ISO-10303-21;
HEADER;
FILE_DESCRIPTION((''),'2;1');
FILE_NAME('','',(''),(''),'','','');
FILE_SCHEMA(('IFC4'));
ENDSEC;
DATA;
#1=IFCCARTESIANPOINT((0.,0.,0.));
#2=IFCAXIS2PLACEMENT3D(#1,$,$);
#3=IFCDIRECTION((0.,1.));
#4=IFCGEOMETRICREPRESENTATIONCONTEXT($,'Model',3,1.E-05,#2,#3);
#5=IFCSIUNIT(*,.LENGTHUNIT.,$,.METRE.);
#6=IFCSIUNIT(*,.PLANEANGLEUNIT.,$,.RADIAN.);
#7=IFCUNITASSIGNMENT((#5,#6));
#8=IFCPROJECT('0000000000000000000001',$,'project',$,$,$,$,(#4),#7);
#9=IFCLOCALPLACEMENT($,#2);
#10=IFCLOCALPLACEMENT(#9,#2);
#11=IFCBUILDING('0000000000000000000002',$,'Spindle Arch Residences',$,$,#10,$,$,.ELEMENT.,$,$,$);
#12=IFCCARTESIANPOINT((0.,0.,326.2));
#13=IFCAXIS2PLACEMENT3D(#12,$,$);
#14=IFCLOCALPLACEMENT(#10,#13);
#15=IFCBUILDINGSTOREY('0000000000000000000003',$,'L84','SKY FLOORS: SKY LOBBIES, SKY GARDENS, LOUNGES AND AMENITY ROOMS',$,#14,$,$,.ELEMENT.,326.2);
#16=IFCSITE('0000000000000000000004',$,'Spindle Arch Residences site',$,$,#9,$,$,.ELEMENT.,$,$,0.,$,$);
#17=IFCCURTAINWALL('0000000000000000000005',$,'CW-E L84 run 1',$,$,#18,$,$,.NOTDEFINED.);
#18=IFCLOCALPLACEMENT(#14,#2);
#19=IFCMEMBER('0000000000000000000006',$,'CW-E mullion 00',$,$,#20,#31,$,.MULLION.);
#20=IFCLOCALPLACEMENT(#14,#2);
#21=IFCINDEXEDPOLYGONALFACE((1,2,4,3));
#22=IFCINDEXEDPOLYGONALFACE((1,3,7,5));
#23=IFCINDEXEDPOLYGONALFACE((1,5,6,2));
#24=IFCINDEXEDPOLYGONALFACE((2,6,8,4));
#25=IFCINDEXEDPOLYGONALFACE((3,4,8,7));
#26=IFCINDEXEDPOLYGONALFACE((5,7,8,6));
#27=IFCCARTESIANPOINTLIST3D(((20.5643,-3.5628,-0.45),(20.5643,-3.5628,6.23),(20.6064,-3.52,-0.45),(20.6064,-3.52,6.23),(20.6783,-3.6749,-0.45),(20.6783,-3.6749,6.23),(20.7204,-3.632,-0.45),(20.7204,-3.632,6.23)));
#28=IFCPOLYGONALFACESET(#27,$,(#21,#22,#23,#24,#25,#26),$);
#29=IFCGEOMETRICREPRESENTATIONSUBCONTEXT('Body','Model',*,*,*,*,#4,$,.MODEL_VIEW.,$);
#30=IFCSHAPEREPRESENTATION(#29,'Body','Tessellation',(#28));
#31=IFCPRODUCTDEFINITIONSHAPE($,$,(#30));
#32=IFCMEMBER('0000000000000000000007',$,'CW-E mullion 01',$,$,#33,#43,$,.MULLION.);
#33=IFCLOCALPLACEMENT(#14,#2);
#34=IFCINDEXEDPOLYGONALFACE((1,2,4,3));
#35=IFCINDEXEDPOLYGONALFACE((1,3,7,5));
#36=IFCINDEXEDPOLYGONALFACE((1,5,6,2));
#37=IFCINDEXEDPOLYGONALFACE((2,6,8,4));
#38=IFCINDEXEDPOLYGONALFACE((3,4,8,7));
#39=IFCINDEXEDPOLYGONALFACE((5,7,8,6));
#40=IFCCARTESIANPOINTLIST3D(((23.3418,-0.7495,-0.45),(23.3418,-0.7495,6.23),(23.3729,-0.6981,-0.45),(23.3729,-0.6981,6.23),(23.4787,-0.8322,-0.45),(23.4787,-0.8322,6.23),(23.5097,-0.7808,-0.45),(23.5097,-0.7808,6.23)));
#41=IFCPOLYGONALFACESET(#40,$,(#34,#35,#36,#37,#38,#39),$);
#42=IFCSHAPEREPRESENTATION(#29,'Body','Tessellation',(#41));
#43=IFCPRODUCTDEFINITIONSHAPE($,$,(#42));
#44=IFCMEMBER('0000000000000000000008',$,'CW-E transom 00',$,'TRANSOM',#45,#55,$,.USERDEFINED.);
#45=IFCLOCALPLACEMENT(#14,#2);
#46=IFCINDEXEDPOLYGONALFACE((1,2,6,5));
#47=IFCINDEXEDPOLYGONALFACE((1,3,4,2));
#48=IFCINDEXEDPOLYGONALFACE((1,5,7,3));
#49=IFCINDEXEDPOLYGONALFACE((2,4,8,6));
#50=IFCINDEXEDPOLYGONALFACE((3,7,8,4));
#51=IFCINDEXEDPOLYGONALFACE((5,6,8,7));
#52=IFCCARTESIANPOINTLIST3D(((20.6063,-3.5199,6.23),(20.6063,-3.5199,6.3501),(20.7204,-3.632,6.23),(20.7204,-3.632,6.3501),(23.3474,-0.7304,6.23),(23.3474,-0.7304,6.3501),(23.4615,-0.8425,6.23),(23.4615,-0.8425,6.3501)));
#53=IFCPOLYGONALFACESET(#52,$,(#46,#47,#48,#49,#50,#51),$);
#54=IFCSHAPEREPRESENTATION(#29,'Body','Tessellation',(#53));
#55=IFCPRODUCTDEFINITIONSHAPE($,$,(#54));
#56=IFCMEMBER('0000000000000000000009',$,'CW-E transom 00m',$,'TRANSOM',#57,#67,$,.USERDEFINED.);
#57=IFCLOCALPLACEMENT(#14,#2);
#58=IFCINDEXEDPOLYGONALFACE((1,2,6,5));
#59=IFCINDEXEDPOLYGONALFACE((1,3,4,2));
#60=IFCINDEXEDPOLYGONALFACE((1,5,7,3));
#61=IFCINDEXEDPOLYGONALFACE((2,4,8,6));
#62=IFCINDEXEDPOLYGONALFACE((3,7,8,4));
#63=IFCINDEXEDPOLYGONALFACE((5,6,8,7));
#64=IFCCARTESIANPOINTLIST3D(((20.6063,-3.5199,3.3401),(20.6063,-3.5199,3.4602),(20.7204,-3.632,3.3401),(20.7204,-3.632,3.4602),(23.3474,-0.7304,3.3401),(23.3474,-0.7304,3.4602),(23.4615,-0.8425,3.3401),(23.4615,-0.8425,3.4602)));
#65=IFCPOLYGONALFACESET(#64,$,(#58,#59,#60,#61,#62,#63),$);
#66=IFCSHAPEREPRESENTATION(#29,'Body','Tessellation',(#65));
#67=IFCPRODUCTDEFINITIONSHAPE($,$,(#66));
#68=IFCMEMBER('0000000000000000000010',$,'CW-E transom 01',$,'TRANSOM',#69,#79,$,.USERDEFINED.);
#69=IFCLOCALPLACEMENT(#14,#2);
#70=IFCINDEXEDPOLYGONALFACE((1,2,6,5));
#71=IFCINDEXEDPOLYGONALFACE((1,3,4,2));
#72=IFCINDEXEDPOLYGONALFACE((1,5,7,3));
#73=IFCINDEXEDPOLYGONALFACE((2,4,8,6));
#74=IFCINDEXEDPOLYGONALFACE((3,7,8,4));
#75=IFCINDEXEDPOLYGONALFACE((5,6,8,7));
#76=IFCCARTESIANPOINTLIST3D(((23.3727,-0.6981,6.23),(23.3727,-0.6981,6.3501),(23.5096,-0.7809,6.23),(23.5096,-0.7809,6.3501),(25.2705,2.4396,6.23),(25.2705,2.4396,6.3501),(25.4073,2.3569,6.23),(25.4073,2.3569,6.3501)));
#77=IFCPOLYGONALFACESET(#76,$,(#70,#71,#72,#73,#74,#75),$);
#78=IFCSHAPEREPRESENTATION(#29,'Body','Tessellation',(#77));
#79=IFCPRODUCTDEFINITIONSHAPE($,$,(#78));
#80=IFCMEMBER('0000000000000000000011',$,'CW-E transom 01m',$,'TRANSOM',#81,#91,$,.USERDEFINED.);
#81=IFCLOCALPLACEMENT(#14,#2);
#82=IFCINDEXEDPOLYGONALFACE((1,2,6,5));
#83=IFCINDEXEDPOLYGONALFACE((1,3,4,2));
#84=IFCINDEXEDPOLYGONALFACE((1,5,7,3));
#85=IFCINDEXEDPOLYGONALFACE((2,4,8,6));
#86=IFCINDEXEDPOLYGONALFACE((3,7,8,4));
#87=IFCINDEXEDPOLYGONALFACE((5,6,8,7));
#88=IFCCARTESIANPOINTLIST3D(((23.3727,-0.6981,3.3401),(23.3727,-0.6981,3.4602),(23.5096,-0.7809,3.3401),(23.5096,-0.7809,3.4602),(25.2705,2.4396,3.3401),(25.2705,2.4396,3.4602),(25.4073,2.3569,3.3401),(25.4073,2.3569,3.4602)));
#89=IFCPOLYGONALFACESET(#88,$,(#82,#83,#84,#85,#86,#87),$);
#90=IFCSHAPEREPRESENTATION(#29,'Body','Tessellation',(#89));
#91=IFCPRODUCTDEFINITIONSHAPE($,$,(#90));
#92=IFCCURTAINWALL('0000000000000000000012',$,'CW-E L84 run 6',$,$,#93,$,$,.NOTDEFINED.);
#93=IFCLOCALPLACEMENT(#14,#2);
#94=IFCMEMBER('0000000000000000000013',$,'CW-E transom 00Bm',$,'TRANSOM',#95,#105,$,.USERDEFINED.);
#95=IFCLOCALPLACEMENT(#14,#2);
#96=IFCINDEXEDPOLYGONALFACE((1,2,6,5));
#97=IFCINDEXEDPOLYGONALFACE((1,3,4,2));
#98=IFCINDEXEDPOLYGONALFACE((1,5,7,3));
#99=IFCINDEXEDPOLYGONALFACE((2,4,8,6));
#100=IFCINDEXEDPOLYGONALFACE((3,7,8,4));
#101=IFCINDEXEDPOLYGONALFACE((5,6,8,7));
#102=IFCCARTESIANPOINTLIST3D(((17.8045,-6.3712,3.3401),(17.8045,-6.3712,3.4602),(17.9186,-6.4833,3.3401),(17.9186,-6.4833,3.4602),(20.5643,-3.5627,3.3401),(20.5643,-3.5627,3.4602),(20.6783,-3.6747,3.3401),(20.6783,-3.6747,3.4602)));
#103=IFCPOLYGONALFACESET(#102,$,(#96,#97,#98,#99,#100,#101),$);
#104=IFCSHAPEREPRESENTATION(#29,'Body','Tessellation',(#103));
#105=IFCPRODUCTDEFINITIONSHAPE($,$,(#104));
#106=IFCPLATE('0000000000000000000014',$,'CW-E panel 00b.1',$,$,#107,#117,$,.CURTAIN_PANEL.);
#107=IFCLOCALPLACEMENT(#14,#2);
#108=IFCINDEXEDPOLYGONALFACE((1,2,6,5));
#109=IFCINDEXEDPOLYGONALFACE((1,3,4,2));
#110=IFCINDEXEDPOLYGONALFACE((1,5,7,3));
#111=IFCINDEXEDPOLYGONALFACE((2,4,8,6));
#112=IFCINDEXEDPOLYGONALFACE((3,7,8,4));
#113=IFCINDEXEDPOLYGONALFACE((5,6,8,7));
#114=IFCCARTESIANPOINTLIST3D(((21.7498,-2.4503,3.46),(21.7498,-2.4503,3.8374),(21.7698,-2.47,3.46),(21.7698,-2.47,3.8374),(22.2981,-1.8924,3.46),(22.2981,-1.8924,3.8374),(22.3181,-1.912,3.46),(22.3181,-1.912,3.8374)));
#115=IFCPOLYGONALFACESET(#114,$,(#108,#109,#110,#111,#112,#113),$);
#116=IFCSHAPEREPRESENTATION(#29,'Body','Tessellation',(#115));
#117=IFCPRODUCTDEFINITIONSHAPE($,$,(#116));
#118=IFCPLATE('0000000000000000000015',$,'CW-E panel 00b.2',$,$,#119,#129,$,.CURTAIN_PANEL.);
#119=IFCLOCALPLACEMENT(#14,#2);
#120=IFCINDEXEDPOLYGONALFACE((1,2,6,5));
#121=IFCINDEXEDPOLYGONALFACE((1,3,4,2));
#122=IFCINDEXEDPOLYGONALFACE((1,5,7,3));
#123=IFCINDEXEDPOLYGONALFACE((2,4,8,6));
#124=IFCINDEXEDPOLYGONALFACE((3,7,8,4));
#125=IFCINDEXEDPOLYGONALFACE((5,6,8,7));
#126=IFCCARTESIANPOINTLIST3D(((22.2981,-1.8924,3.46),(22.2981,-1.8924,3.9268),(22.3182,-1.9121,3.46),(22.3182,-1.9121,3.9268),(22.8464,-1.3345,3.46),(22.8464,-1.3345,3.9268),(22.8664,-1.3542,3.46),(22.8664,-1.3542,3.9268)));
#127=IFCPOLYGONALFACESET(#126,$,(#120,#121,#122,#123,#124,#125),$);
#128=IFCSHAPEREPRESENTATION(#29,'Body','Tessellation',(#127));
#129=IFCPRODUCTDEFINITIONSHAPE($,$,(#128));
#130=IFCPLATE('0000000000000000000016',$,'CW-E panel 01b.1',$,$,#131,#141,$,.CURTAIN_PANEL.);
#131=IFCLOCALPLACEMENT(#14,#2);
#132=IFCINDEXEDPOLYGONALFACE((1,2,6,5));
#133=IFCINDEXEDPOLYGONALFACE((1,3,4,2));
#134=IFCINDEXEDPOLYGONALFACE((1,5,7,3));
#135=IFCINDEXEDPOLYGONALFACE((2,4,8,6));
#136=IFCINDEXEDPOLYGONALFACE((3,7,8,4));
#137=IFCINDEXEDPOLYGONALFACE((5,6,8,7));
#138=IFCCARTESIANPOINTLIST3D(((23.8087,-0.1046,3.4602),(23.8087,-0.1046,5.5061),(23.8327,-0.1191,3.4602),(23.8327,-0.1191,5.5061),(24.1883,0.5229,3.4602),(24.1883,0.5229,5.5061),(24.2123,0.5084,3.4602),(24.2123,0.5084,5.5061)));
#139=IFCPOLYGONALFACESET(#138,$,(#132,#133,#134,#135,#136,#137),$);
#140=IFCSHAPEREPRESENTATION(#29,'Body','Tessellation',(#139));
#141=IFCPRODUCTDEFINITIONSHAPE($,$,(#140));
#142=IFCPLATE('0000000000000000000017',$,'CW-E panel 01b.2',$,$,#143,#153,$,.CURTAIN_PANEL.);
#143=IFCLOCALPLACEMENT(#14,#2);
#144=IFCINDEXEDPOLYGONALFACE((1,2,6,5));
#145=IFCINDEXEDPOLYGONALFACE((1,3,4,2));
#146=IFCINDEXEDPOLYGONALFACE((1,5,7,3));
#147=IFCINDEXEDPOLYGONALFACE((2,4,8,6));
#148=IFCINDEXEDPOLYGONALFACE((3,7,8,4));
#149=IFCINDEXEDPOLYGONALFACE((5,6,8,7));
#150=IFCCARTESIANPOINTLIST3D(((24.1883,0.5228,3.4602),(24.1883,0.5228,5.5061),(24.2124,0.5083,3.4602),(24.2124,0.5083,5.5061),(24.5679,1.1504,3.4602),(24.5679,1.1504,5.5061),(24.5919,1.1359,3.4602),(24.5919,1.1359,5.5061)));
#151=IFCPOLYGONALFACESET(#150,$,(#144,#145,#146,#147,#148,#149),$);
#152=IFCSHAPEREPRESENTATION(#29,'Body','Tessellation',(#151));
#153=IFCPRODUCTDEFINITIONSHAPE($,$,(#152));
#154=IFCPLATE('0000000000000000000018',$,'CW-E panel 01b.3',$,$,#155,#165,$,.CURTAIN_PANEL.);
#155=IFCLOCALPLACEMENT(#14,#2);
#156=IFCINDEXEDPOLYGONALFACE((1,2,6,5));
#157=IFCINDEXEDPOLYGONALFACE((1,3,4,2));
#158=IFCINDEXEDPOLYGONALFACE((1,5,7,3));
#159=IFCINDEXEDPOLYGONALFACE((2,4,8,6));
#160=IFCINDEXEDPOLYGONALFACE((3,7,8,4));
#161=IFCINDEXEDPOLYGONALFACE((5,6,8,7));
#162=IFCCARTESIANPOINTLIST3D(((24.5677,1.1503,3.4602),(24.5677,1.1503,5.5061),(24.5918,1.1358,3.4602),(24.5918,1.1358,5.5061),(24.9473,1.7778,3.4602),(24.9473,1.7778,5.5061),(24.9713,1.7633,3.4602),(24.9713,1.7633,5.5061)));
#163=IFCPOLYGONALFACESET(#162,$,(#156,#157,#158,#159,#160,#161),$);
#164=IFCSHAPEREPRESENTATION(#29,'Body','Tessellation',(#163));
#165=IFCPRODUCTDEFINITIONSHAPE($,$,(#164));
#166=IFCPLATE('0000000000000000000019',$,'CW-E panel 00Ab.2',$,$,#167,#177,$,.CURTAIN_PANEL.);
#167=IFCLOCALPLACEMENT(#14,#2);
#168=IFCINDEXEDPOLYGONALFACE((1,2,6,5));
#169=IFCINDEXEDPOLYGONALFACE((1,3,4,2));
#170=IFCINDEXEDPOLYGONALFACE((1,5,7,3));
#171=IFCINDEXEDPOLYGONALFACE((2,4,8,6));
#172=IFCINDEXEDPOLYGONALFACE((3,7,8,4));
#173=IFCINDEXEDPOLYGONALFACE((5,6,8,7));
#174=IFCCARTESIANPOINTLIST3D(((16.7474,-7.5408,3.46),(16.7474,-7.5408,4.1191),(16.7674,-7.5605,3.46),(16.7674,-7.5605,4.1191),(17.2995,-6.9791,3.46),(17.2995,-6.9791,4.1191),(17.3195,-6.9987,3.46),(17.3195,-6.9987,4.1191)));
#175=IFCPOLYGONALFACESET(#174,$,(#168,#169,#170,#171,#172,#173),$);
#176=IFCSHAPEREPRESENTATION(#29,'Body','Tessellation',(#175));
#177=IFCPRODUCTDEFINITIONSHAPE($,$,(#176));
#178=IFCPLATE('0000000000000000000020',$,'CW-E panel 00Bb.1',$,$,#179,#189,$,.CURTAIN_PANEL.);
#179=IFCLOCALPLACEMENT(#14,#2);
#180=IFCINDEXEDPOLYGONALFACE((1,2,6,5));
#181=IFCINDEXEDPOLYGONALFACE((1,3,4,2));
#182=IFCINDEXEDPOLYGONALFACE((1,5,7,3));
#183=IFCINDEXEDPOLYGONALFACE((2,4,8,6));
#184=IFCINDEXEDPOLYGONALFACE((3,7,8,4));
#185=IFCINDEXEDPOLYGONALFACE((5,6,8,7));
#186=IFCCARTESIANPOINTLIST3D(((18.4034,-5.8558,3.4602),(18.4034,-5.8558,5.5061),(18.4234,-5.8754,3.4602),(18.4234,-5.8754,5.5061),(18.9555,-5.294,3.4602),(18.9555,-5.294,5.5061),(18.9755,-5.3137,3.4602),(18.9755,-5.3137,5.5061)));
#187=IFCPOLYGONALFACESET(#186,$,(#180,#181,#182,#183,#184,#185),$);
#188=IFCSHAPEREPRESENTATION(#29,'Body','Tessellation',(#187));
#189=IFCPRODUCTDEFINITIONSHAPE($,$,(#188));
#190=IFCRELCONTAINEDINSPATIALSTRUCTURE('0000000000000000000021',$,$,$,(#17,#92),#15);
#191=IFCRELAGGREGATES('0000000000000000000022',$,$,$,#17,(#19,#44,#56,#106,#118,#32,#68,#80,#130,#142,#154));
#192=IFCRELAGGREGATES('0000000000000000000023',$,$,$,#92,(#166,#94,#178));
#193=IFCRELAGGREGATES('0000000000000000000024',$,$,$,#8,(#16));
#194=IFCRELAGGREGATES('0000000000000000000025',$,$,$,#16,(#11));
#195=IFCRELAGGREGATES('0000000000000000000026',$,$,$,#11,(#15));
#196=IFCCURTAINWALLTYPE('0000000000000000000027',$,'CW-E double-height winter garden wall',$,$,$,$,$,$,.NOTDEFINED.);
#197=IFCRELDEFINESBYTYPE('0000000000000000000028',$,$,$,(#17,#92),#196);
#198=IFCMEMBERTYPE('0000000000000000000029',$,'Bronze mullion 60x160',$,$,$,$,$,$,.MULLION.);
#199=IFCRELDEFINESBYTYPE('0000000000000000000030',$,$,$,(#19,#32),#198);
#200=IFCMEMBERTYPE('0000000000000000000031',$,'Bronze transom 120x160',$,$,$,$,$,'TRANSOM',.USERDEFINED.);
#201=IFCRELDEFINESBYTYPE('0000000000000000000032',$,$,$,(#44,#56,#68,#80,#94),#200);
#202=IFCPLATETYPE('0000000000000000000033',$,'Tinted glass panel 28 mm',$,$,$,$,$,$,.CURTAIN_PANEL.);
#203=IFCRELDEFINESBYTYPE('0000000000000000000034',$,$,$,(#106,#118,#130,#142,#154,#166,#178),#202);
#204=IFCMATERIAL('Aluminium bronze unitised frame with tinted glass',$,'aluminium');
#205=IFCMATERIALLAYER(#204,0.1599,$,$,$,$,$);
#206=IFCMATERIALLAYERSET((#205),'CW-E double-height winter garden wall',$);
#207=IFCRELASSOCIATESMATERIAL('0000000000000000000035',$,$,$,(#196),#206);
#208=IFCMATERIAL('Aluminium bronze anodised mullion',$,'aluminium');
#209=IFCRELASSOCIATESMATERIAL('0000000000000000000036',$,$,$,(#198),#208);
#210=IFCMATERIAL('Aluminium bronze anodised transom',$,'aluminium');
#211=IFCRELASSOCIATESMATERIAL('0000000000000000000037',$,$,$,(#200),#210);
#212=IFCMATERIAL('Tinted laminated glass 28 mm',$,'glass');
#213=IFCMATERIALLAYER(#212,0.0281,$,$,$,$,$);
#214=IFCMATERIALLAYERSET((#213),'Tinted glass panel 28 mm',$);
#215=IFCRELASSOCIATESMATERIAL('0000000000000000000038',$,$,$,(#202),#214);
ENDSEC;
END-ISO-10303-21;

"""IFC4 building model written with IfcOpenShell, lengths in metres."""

from ifc_helpers import new_model, si_unit, direction, frame, origin, origin_2d, place, context, subcontext, project, spatial, rectangle, extrude, material, layer, layer_set, material_profile, profile_set, type_object, element, aggregate, save


model = new_model("IFC4")

# Units and contexts
model_context = context("Model", 3, precision=1e-05, world=origin(), true_north=direction((0.0, 1.0)))
body_context = subcontext(model_context, "Body", "Model", "MODEL_VIEW")
ifc_project = project(units=[si_unit("LENGTHUNIT", "METRE"), si_unit("PLANEANGLEUNIT", "RADIAN")], contexts=[model_context])

# Site, building, storey
site_placement = place(None, origin())
site = spatial("IfcSite", under=ifc_project, at=site_placement, Name="Spindle Arch Residences site", CompositionType="ELEMENT", RefElevation=0.0)
building_placement = place(site_placement, origin())
building = spatial("IfcBuilding", under=site, at=building_placement, Name="Spindle Arch Residences", CompositionType="ELEMENT")
storey_placement = place(building_placement, frame((0.0, 0.0, 326.2)))
storey = spatial("IfcBuildingStorey", under=building, at=storey_placement, Name="L84", Description="SKY FLOORS: SKY LOBBIES, SKY GARDENS, LOUNGES AND AMENITY ROOMS", CompositionType="ELEMENT", Elevation=326.2)

# Curtain wall, members
ifc_material_1 = material(Name="Aluminium bronze unitised frame with tinted glass", Category="aluminium")
ifc_layer_1 = layer(ifc_material_1, 0.1599)
ifc_layer_set_1 = layer_set([ifc_layer_1], Name="CW-E double-height winter garden wall")
curtain_wall_type = type_object("IfcCurtainWallType", Name="CW-E double-height winter garden wall", PredefinedType="NOTDEFINED", material=ifc_layer_set_1)
curtain_wall_1_placement = place(storey_placement, origin())
curtain_wall_1 = element("IfcCurtainWall", 1, at=curtain_wall_1_placement, inside=storey, type_object=curtain_wall_type, Name="CW-E L84 run 1", PredefinedType="NOTDEFINED")
ifc_material_2 = material(Name="Aluminium bronze anodised mullion", Category="aluminium")
ifc_material_profile_1 = material_profile(ifc_material_2, rectangle(XDim=0.1599, YDim=0.0601, at=origin_2d()), Name="MU 60x160")
ifc_profile_set_1 = profile_set([ifc_material_profile_1], Name="Aluminium bronze anodised mullion")
member_type_1 = type_object("IfcMemberType", Name="Bronze mullion 60x160", PredefinedType="MULLION", material=ifc_profile_set_1)
member_1_placement = place(storey_placement, frame((20.6423, -3.5974, -0.45), z_axis=(0.0, 0.0, 1.0), x_axis=(-0.71325, 0.700909, 0.0)))
member_1 = element("IfcMember", 2, at=member_1_placement, type_object=member_type_1, Name="CW-E mullion 00", PredefinedType="MULLION", context=body_context, shape_type="SweptSolid", body=[
    extrude(rectangle(XDim=0.1599, YDim=0.0601, at=origin_2d()), origin(), (0.0, 0.0, 1.0), 6.6799),
])
member_2_placement = place(storey_placement, frame((23.4258, -0.7651, -0.45), z_axis=(0.0, 0.0, 1.0), x_axis=(-0.855665, 0.517529, 0.0)))
member_2 = element("IfcMember", 3, at=member_2_placement, type_object=member_type_1, Name="CW-E mullion 01", PredefinedType="MULLION", context=body_context, shape_type="SweptSolid", body=[
    extrude(rectangle(XDim=0.1599, YDim=0.0601, at=origin_2d()), origin(), (0.0, 0.0, 1.0), 6.6799),
])
ifc_material_3 = material(Name="Aluminium bronze anodised transom", Category="aluminium")
ifc_material_profile_2 = material_profile(ifc_material_3, rectangle(XDim=0.1599, YDim=0.1201, at=origin_2d()), Name="TR 120x160")
ifc_profile_set_2 = profile_set([ifc_material_profile_2], Name="Aluminium bronze anodised transom")
member_type_2 = type_object("IfcMemberType", Name="Bronze transom 120x160", ElementType="TRANSOM", PredefinedType="USERDEFINED", material=ifc_profile_set_2)
member_3_placement = place(storey_placement, frame((20.6633, -3.5759, 6.29), z_axis=(0.7009, 0.71326, 0.0), x_axis=(-0.71326, 0.7009, 0.0)))
member_3 = element("IfcMember", 4, at=member_3_placement, type_object=member_type_2, Name="CW-E transom 00", ObjectType="TRANSOM", PredefinedType="USERDEFINED", context=body_context, shape_type="SweptSolid", body=[
    extrude(rectangle(XDim=0.1599, YDim=0.1201, at=origin_2d()), origin(), (0.0, 0.0, 1.0), 3.9109),
])
member_4_placement = place(storey_placement, frame((20.6633, -3.5759, 3.4001), z_axis=(0.7009, 0.71326, 0.0), x_axis=(-0.71326, 0.7009, 0.0)))
member_4 = element("IfcMember", 5, at=member_4_placement, type_object=member_type_2, Name="CW-E transom 00m", ObjectType="TRANSOM", PredefinedType="USERDEFINED", context=body_context, shape_type="SweptSolid", body=[
    extrude(rectangle(XDim=0.1599, YDim=0.1201, at=origin_2d()), origin(), (0.0, 0.0, 1.0), 3.9109),
])
member_5_placement = place(storey_placement, frame((23.4412, -0.7395, 6.29), z_axis=(0.517518, 0.855672, 0.0), x_axis=(-0.855672, 0.517518, 0.0)))
member_5 = element("IfcMember", 6, at=member_5_placement, type_object=member_type_2, Name="CW-E transom 01", ObjectType="TRANSOM", PredefinedType="USERDEFINED", context=body_context, shape_type="SweptSolid", body=[
    extrude(rectangle(XDim=0.1599, YDim=0.1201, at=origin_2d()), origin(), (0.0, 0.0, 1.0), 3.667),
])
member_6_placement = place(storey_placement, frame((23.4412, -0.7395, 3.4001), z_axis=(0.517518, 0.855672, 0.0), x_axis=(-0.855672, 0.517518, 0.0)))
member_6 = element("IfcMember", 7, at=member_6_placement, type_object=member_type_2, Name="CW-E transom 01m", ObjectType="TRANSOM", PredefinedType="USERDEFINED", context=body_context, shape_type="SweptSolid", body=[
    extrude(rectangle(XDim=0.1599, YDim=0.1201, at=origin_2d()), origin(), (0.0, 0.0, 1.0), 3.667),
])

# Curtain wall, member
curtain_wall_2_placement = place(storey_placement, origin())
curtain_wall_2 = element("IfcCurtainWall", 8, at=curtain_wall_2_placement, inside=storey, type_object=curtain_wall_type, Name="CW-E L84 run 6", PredefinedType="NOTDEFINED")
member_7_placement = place(storey_placement, frame((17.8616, -6.4272, 3.4001), z_axis=(0.700879, 0.71328, 0.0), x_axis=(-0.71328, 0.700879, 0.0)))
member_7 = element("IfcMember", 9, at=member_7_placement, type_object=member_type_2, Name="CW-E transom 00Bm", ObjectType="TRANSOM", PredefinedType="USERDEFINED", context=body_context, shape_type="SweptSolid", body=[
    extrude(rectangle(XDim=0.1599, YDim=0.1201, at=origin_2d()), origin(), (0.0, 0.0, 1.0), 3.9375),
])

# Plates
ifc_material_4 = material(Name="Tinted laminated glass 28 mm", Category="glass")
ifc_layer_2 = layer(ifc_material_4, 0.0281)
ifc_layer_set_2 = layer_set([ifc_layer_2], Name="Tinted glass panel 28 mm")
plate_type_1 = type_object("IfcPlateType", Name="Tinted glass panel 28 mm", PredefinedType="CURTAIN_PANEL", material=ifc_layer_set_2)
plate_1_placement = place(storey_placement, frame((22.0339, -2.1812, 3.46), z_axis=(0.0, 0.0, 1.0), x_axis=(0.700909, 0.71325, 0.0)))
plate_1 = element("IfcPlate", 10, at=plate_1_placement, type_object=plate_type_1, Name="CW-E panel 00b.1", PredefinedType="CURTAIN_PANEL", context=body_context, shape_type="SweptSolid", body=[
    extrude(rectangle(XDim=0.7822, YDim=0.0281, at=origin_2d()), origin(), (0.0, 0.0, 1.0), 0.3774),
])
plate_2_placement = place(storey_placement, frame((22.5823, -1.6233, 3.46), z_axis=(0.0, 0.0, 1.0), x_axis=(0.700909, 0.71325, 0.0)))
plate_2 = element("IfcPlate", 11, at=plate_2_placement, type_object=plate_type_1, Name="CW-E panel 00b.2", PredefinedType="CURTAIN_PANEL", context=body_context, shape_type="SweptSolid", body=[
    extrude(rectangle(XDim=0.7822, YDim=0.0281, at=origin_2d()), origin(), (0.0, 0.0, 1.0), 0.4668),
])
plate_3_placement = place(storey_placement, frame((24.0105, 0.2019, 3.4602), z_axis=(0.0, 0.0, 1.0), x_axis=(0.517529, 0.855665, 0.0)))
plate_3 = element("IfcPlate", 12, at=plate_3_placement, type_object=plate_type_1, Name="CW-E panel 01b.1", PredefinedType="CURTAIN_PANEL", context=body_context, shape_type="SweptSolid", body=[
    extrude(rectangle(XDim=0.7334, YDim=0.0281, at=origin_2d()), origin(), (0.0, 0.0, 1.0), 2.0459),
])
plate_4_placement = place(storey_placement, frame((24.3901, 0.8293, 3.4602), z_axis=(0.0, 0.0, 1.0), x_axis=(0.517529, 0.855665, 0.0)))
plate_4 = element("IfcPlate", 13, at=plate_4_placement, type_object=plate_type_1, Name="CW-E panel 01b.2", PredefinedType="CURTAIN_PANEL", context=body_context, shape_type="SweptSolid", body=[
    extrude(rectangle(XDim=0.7334, YDim=0.0281, at=origin_2d()), origin(), (0.0, 0.0, 1.0), 2.0459),
])
plate_5_placement = place(storey_placement, frame((24.7695, 1.4568, 3.4602), z_axis=(0.0, 0.0, 1.0), x_axis=(0.517529, 0.855665, 0.0)))
plate_5 = element("IfcPlate", 14, at=plate_5_placement, type_object=plate_type_1, Name="CW-E panel 01b.3", PredefinedType="CURTAIN_PANEL", context=body_context, shape_type="SweptSolid", body=[
    extrude(rectangle(XDim=0.7334, YDim=0.0281, at=origin_2d()), origin(), (0.0, 0.0, 1.0), 2.0459),
])
plate_6_placement = place(storey_placement, frame((17.0334, -7.2698, 3.46), z_axis=(0.0, 0.0, 1.0), x_axis=(0.700909, 0.71325, 0.0)))
plate_6 = element("IfcPlate", 15, at=plate_6_placement, type_object=plate_type_1, Name="CW-E panel 00Ab.2", PredefinedType="CURTAIN_PANEL", context=body_context, shape_type="SweptSolid", body=[
    extrude(rectangle(XDim=0.7876, YDim=0.0281, at=origin_2d()), origin(), (0.0, 0.0, 1.0), 0.6592),
])
plate_7_placement = place(storey_placement, frame((18.6895, -5.5847, 3.4602), z_axis=(0.0, 0.0, 1.0), x_axis=(0.700909, 0.71325, 0.0)))
plate_7 = element("IfcPlate", 16, at=plate_7_placement, type_object=plate_type_1, Name="CW-E panel 00Bb.1", PredefinedType="CURTAIN_PANEL", context=body_context, shape_type="SweptSolid", body=[
    extrude(rectangle(XDim=0.7876, YDim=0.0281, at=origin_2d()), origin(), (0.0, 0.0, 1.0), 2.0459),
])
aggregate(curtain_wall_1, [member_1, member_3, member_4, plate_1, plate_2, member_2, member_5, member_6, plate_3, plate_4, plate_5])
aggregate(curtain_wall_2, [plate_6, member_7, plate_7])

save(model, "model.ifc")
